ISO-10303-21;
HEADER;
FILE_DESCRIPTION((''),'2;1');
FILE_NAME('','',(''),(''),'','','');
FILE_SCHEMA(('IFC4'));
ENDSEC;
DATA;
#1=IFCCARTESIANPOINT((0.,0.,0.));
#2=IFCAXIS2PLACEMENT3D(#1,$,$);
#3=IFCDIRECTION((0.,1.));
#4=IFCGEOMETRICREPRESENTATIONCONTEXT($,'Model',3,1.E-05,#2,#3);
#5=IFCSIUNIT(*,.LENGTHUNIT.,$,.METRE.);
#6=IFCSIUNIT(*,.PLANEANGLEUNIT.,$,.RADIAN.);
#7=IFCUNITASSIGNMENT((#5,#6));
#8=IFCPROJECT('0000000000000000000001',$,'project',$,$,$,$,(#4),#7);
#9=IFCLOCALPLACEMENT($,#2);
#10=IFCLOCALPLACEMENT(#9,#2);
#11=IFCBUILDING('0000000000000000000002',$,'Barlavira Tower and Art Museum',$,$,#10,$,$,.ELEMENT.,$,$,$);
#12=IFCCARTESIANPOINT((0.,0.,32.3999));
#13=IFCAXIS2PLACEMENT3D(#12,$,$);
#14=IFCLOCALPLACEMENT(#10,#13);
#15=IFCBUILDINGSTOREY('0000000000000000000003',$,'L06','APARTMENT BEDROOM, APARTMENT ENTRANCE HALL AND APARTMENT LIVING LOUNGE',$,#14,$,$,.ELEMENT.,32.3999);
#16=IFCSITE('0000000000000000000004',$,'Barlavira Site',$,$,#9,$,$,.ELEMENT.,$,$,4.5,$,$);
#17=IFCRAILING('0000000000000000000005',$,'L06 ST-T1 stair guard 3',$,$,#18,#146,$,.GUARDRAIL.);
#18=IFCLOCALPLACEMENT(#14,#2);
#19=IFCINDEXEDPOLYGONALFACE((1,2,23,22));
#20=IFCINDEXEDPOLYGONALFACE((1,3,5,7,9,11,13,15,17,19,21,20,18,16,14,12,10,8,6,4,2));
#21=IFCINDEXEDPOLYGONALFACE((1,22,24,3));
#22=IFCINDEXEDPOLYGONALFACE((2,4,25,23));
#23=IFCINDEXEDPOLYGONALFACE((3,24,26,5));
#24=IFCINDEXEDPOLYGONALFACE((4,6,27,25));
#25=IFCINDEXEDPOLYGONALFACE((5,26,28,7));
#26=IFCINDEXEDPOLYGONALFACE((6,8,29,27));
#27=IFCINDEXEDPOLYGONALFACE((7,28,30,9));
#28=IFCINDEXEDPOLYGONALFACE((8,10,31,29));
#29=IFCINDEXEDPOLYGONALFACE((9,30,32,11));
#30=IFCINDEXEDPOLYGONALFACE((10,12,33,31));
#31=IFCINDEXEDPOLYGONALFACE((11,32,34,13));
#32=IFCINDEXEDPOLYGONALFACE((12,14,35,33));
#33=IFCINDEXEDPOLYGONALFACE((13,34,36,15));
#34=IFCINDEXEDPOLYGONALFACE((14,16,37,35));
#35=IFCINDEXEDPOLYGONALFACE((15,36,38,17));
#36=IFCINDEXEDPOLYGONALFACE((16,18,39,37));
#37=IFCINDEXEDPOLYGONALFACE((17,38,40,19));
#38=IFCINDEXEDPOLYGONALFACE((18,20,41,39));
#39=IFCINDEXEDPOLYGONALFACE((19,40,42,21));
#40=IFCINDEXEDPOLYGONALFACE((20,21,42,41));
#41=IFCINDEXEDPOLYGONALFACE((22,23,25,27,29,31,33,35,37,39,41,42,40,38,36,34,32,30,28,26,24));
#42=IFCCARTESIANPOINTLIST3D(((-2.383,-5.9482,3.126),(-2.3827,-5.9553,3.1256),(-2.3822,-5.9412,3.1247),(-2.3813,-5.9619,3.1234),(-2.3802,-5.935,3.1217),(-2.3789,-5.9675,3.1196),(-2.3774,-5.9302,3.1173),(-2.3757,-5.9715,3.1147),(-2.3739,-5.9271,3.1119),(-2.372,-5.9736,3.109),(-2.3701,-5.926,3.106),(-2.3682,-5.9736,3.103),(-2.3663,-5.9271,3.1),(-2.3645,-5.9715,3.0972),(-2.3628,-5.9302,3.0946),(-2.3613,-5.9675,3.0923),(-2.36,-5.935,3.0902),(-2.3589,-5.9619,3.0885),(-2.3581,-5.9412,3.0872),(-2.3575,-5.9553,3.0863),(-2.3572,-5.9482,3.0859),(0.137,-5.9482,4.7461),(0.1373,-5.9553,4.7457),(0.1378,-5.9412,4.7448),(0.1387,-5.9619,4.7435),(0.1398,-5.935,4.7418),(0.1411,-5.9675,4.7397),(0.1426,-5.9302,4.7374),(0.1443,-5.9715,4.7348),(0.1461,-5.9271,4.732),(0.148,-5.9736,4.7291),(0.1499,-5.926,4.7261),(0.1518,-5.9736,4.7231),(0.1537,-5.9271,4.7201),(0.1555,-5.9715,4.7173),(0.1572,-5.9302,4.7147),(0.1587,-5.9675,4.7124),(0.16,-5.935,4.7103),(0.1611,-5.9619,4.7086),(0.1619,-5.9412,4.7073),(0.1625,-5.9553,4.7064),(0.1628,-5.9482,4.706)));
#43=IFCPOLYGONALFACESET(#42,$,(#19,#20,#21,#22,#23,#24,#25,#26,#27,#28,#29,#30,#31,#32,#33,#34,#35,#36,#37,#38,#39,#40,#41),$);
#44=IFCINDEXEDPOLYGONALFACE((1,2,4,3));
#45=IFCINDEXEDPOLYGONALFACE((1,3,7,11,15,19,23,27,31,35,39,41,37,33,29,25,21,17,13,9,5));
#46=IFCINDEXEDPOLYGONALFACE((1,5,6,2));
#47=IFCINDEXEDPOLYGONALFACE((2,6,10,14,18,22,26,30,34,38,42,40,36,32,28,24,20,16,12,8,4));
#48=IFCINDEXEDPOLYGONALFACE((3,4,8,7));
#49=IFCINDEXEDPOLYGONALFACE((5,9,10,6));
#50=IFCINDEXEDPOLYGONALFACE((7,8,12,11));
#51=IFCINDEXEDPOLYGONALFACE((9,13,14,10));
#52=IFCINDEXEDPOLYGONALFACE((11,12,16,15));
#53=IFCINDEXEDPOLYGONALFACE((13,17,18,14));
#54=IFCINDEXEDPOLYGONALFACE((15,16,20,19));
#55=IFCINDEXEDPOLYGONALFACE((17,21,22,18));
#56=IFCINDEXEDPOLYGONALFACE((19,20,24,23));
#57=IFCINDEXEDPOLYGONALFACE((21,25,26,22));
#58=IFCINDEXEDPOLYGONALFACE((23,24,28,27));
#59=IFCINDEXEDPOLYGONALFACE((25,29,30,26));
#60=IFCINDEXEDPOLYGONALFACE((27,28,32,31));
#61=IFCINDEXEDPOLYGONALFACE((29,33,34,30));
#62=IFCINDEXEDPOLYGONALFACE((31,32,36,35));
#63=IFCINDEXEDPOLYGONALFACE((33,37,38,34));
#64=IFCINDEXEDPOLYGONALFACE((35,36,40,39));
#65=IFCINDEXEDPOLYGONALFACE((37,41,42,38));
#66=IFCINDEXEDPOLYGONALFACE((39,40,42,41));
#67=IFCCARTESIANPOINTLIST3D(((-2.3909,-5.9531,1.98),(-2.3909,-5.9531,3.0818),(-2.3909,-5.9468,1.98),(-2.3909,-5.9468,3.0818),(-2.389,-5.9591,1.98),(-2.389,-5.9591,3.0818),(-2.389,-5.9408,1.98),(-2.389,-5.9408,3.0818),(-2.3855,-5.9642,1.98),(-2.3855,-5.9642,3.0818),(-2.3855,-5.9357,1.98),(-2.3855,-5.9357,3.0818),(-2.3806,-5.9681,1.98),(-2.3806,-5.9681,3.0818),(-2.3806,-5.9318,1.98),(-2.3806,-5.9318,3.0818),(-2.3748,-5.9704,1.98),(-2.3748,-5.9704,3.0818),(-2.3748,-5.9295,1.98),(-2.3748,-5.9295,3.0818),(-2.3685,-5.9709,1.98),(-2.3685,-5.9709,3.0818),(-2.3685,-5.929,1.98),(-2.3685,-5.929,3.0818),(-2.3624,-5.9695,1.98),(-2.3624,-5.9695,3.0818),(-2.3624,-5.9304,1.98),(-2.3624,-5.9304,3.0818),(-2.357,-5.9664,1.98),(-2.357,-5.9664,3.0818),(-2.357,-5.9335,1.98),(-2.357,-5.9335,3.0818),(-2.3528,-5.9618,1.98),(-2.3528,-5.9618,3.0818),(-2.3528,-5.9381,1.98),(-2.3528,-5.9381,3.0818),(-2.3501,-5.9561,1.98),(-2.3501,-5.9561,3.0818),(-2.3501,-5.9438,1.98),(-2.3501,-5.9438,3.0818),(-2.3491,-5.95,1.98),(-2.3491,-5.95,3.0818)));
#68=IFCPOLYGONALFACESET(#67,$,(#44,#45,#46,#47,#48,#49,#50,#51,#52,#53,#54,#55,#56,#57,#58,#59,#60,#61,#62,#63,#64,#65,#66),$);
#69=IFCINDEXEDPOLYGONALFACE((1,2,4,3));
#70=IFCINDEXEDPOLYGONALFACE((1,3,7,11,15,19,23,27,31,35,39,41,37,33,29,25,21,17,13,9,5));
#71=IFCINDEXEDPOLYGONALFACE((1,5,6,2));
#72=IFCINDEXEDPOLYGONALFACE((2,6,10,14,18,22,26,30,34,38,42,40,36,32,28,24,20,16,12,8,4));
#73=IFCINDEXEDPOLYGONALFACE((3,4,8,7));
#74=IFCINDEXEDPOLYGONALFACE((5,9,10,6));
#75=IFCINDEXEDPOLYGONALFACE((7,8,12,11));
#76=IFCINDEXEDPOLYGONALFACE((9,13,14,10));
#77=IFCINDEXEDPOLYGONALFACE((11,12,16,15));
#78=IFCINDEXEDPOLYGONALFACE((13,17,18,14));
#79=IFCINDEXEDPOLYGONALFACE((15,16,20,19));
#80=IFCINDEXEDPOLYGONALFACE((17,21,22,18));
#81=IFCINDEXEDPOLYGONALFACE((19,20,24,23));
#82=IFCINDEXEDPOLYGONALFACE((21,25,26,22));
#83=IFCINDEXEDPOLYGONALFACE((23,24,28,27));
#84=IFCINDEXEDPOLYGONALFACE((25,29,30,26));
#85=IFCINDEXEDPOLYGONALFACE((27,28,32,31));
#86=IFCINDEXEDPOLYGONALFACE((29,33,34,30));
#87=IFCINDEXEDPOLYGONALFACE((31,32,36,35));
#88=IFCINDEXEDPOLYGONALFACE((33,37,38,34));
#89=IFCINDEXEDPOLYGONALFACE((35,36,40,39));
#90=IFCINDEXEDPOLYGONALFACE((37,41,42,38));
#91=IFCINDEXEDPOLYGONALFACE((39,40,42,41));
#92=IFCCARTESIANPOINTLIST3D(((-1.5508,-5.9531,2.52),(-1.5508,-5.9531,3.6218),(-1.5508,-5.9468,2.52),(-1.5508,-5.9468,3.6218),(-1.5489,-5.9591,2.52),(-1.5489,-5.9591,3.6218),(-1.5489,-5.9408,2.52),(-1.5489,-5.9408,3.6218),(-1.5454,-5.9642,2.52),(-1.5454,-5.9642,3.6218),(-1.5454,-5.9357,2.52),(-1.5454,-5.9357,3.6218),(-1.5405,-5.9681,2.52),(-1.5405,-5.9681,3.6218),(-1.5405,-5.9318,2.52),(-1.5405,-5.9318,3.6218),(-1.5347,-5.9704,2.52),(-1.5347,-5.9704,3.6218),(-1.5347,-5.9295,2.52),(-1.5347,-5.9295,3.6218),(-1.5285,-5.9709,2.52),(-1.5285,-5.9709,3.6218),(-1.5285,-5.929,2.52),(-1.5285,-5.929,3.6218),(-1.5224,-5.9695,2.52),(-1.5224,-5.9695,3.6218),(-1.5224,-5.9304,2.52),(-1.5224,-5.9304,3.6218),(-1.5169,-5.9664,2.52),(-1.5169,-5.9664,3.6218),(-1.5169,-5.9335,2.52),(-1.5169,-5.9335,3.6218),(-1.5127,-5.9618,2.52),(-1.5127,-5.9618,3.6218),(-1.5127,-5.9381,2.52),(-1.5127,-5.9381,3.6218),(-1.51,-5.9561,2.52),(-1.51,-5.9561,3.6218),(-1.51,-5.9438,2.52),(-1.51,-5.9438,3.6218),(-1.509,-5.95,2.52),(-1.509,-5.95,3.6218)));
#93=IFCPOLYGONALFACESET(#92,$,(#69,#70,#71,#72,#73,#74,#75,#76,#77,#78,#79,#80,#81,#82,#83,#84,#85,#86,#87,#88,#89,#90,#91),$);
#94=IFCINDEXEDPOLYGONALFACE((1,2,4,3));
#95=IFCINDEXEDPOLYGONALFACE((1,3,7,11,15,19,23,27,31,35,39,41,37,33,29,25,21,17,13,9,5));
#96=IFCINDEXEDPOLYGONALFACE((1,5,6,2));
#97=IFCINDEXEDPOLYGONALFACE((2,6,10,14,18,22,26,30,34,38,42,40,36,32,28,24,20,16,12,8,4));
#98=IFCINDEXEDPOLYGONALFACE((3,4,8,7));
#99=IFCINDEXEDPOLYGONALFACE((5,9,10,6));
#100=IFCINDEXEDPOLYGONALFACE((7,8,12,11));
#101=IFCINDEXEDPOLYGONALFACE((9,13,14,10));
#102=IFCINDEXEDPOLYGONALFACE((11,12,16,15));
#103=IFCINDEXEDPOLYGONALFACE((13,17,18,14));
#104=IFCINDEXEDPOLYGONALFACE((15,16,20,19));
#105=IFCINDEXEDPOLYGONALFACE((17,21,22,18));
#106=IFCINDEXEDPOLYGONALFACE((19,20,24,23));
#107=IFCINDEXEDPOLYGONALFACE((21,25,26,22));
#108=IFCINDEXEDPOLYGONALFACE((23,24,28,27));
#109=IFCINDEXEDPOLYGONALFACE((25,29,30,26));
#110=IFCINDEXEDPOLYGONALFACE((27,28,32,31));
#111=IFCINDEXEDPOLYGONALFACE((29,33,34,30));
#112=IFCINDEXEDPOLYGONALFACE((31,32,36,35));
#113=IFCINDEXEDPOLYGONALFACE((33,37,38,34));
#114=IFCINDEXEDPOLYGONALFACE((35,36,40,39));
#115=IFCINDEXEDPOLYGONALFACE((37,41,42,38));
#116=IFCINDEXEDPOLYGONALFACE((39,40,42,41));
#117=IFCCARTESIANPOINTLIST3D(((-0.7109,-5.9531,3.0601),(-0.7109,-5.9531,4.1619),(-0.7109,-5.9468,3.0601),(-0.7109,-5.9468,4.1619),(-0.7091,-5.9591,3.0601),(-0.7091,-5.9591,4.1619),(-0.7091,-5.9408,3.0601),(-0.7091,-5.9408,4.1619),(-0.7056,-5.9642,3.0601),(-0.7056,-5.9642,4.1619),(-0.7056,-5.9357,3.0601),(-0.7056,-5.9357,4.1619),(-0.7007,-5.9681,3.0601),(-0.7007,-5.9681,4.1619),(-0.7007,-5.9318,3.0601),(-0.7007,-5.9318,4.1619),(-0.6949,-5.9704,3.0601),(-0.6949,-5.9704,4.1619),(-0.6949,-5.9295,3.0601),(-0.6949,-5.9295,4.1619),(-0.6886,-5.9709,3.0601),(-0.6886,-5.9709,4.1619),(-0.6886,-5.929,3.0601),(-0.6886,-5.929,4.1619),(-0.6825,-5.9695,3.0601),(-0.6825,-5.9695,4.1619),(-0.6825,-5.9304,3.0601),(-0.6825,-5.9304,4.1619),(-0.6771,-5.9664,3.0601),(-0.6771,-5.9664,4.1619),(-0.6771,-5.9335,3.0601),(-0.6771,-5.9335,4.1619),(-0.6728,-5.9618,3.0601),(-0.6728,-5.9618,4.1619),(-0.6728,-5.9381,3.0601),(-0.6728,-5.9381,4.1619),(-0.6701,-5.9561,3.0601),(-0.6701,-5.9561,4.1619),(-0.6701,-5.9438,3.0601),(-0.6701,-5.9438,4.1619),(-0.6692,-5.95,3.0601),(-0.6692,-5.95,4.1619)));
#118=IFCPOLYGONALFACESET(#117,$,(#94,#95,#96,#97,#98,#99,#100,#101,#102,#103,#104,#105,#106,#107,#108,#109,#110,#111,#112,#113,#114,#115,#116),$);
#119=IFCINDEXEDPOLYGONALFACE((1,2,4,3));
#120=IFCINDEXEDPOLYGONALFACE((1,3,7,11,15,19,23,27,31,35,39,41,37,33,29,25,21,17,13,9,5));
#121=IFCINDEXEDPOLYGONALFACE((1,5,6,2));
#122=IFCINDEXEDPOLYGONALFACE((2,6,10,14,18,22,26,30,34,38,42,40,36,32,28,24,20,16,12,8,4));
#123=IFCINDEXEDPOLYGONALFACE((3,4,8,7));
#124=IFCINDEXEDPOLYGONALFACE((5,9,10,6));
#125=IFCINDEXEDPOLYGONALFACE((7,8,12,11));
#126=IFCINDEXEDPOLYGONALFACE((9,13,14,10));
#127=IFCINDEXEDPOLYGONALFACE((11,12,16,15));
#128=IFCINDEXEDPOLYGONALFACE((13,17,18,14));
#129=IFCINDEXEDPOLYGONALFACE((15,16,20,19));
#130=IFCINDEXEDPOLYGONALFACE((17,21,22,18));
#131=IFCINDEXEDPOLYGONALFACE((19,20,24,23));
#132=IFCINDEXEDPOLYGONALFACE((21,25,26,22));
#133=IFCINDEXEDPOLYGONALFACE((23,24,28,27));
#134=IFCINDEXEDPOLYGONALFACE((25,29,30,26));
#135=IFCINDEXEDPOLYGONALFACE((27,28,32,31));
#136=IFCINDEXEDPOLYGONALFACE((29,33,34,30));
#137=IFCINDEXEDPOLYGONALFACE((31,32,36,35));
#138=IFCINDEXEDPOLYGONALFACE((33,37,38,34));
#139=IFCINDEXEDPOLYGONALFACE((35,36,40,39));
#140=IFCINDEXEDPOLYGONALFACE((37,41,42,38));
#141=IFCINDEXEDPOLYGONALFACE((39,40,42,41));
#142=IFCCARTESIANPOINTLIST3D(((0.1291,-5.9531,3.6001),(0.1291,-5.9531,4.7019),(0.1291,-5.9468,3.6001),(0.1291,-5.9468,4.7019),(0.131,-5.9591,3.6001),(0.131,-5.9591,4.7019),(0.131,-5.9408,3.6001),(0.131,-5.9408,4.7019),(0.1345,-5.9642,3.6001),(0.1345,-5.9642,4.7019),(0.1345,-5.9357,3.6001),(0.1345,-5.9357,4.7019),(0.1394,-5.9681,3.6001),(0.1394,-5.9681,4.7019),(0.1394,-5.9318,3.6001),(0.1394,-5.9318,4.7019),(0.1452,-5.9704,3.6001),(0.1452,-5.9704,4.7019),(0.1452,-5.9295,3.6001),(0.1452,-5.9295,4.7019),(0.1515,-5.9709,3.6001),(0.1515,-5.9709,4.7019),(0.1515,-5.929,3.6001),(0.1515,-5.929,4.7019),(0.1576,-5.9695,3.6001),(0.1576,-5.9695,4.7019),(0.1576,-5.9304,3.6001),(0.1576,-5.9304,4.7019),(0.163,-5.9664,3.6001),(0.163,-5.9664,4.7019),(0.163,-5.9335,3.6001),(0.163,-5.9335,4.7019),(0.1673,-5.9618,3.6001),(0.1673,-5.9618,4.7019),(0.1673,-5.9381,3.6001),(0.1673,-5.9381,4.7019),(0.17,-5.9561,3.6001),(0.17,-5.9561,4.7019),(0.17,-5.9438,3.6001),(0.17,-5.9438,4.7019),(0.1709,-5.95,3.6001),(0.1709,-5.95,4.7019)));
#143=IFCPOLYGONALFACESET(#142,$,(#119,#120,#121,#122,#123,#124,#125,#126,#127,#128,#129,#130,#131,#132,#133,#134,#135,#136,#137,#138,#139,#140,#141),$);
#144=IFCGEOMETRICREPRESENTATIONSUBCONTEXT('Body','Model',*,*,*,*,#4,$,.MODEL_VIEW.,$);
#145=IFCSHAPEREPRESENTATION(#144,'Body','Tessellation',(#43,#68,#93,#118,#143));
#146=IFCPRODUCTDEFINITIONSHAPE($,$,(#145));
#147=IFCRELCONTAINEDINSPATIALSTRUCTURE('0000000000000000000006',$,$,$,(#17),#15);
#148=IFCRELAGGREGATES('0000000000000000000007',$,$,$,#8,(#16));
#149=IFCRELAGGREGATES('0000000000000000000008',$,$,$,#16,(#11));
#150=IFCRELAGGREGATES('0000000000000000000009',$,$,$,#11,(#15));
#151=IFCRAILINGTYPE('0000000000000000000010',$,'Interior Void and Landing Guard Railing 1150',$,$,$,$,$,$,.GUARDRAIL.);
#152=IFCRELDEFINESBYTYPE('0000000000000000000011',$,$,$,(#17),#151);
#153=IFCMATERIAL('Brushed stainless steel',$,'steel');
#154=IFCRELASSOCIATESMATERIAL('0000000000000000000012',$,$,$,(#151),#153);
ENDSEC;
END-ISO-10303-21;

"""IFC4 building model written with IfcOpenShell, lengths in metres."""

from ifc_helpers import new_model, si_unit, direction, frame, origin, origin_2d, place, context, subcontext, project, spatial, circle, extrude, material, type_object, element, save


model = new_model("IFC4")

# Units and contexts
model_context = context("Model", 3, precision=1e-05, world=origin(), true_north=direction((0.0, 1.0)))
body_context = subcontext(model_context, "Body", "Model", "MODEL_VIEW")
ifc_project = project(units=[si_unit("LENGTHUNIT", "METRE"), si_unit("PLANEANGLEUNIT", "RADIAN")], contexts=[model_context])

# Site, building, storey
site_placement = place(None, origin())
site = spatial("IfcSite", under=ifc_project, at=site_placement, Name="Barlavira Site", CompositionType="ELEMENT", RefElevation=4.5)
building_placement = place(site_placement, origin())
building = spatial("IfcBuilding", under=site, at=building_placement, Name="Barlavira Tower and Art Museum", CompositionType="ELEMENT")
storey_placement = place(building_placement, frame((0.0, 0.0, 32.3999)))
storey = spatial("IfcBuildingStorey", under=building, at=storey_placement, Name="L06", Description="APARTMENT BEDROOM, APARTMENT ENTRANCE HALL AND APARTMENT LIVING LOUNGE", CompositionType="ELEMENT", Elevation=32.3999)

# Shared definitions
ifc_material_1 = material(Name="Brushed stainless steel", Category="steel")

# Railing
railing_type_1 = type_object("IfcRailingType", Name="Interior Void and Landing Guard Railing 1150", PredefinedType="GUARDRAIL", material=ifc_material_1)
railing_1_placement = place(storey_placement, frame((-2.3701, -5.95, 1.98)))
element("IfcRailing", 1, at=railing_1_placement, inside=storey, type_object=railing_type_1, Name="L06 ST-T1 stair guard 3", PredefinedType="GUARDRAIL", context=body_context, shape_type="SweptSolid", body=[
    extrude(circle(Radius=0.0239, at=origin_2d()), frame((0.0, 0.0, 1.126), z_axis=(0.841163, 0.0, 0.540782), x_axis=(0.0, 1.0, 0.0)), (0.0, 0.0, 1.0), 2.9958),
    extrude(circle(Radius=0.021, at=origin_2d()), origin(), (0.0, 0.0, 1.0), 1.1018),
    extrude(circle(Radius=0.021, at=origin_2d()), frame((0.8401, 0.0, 0.54)), (0.0, 0.0, 1.0), 1.1018),
    extrude(circle(Radius=0.021, at=origin_2d()), frame((1.6799, 0.0, 1.0801)), (0.0, 0.0, 1.0), 1.1018),
    extrude(circle(Radius=0.021, at=origin_2d()), frame((2.52, 0.0, 1.6201)), (0.0, 0.0, 1.0), 1.1018),
])

save(model, "model.ifc")
